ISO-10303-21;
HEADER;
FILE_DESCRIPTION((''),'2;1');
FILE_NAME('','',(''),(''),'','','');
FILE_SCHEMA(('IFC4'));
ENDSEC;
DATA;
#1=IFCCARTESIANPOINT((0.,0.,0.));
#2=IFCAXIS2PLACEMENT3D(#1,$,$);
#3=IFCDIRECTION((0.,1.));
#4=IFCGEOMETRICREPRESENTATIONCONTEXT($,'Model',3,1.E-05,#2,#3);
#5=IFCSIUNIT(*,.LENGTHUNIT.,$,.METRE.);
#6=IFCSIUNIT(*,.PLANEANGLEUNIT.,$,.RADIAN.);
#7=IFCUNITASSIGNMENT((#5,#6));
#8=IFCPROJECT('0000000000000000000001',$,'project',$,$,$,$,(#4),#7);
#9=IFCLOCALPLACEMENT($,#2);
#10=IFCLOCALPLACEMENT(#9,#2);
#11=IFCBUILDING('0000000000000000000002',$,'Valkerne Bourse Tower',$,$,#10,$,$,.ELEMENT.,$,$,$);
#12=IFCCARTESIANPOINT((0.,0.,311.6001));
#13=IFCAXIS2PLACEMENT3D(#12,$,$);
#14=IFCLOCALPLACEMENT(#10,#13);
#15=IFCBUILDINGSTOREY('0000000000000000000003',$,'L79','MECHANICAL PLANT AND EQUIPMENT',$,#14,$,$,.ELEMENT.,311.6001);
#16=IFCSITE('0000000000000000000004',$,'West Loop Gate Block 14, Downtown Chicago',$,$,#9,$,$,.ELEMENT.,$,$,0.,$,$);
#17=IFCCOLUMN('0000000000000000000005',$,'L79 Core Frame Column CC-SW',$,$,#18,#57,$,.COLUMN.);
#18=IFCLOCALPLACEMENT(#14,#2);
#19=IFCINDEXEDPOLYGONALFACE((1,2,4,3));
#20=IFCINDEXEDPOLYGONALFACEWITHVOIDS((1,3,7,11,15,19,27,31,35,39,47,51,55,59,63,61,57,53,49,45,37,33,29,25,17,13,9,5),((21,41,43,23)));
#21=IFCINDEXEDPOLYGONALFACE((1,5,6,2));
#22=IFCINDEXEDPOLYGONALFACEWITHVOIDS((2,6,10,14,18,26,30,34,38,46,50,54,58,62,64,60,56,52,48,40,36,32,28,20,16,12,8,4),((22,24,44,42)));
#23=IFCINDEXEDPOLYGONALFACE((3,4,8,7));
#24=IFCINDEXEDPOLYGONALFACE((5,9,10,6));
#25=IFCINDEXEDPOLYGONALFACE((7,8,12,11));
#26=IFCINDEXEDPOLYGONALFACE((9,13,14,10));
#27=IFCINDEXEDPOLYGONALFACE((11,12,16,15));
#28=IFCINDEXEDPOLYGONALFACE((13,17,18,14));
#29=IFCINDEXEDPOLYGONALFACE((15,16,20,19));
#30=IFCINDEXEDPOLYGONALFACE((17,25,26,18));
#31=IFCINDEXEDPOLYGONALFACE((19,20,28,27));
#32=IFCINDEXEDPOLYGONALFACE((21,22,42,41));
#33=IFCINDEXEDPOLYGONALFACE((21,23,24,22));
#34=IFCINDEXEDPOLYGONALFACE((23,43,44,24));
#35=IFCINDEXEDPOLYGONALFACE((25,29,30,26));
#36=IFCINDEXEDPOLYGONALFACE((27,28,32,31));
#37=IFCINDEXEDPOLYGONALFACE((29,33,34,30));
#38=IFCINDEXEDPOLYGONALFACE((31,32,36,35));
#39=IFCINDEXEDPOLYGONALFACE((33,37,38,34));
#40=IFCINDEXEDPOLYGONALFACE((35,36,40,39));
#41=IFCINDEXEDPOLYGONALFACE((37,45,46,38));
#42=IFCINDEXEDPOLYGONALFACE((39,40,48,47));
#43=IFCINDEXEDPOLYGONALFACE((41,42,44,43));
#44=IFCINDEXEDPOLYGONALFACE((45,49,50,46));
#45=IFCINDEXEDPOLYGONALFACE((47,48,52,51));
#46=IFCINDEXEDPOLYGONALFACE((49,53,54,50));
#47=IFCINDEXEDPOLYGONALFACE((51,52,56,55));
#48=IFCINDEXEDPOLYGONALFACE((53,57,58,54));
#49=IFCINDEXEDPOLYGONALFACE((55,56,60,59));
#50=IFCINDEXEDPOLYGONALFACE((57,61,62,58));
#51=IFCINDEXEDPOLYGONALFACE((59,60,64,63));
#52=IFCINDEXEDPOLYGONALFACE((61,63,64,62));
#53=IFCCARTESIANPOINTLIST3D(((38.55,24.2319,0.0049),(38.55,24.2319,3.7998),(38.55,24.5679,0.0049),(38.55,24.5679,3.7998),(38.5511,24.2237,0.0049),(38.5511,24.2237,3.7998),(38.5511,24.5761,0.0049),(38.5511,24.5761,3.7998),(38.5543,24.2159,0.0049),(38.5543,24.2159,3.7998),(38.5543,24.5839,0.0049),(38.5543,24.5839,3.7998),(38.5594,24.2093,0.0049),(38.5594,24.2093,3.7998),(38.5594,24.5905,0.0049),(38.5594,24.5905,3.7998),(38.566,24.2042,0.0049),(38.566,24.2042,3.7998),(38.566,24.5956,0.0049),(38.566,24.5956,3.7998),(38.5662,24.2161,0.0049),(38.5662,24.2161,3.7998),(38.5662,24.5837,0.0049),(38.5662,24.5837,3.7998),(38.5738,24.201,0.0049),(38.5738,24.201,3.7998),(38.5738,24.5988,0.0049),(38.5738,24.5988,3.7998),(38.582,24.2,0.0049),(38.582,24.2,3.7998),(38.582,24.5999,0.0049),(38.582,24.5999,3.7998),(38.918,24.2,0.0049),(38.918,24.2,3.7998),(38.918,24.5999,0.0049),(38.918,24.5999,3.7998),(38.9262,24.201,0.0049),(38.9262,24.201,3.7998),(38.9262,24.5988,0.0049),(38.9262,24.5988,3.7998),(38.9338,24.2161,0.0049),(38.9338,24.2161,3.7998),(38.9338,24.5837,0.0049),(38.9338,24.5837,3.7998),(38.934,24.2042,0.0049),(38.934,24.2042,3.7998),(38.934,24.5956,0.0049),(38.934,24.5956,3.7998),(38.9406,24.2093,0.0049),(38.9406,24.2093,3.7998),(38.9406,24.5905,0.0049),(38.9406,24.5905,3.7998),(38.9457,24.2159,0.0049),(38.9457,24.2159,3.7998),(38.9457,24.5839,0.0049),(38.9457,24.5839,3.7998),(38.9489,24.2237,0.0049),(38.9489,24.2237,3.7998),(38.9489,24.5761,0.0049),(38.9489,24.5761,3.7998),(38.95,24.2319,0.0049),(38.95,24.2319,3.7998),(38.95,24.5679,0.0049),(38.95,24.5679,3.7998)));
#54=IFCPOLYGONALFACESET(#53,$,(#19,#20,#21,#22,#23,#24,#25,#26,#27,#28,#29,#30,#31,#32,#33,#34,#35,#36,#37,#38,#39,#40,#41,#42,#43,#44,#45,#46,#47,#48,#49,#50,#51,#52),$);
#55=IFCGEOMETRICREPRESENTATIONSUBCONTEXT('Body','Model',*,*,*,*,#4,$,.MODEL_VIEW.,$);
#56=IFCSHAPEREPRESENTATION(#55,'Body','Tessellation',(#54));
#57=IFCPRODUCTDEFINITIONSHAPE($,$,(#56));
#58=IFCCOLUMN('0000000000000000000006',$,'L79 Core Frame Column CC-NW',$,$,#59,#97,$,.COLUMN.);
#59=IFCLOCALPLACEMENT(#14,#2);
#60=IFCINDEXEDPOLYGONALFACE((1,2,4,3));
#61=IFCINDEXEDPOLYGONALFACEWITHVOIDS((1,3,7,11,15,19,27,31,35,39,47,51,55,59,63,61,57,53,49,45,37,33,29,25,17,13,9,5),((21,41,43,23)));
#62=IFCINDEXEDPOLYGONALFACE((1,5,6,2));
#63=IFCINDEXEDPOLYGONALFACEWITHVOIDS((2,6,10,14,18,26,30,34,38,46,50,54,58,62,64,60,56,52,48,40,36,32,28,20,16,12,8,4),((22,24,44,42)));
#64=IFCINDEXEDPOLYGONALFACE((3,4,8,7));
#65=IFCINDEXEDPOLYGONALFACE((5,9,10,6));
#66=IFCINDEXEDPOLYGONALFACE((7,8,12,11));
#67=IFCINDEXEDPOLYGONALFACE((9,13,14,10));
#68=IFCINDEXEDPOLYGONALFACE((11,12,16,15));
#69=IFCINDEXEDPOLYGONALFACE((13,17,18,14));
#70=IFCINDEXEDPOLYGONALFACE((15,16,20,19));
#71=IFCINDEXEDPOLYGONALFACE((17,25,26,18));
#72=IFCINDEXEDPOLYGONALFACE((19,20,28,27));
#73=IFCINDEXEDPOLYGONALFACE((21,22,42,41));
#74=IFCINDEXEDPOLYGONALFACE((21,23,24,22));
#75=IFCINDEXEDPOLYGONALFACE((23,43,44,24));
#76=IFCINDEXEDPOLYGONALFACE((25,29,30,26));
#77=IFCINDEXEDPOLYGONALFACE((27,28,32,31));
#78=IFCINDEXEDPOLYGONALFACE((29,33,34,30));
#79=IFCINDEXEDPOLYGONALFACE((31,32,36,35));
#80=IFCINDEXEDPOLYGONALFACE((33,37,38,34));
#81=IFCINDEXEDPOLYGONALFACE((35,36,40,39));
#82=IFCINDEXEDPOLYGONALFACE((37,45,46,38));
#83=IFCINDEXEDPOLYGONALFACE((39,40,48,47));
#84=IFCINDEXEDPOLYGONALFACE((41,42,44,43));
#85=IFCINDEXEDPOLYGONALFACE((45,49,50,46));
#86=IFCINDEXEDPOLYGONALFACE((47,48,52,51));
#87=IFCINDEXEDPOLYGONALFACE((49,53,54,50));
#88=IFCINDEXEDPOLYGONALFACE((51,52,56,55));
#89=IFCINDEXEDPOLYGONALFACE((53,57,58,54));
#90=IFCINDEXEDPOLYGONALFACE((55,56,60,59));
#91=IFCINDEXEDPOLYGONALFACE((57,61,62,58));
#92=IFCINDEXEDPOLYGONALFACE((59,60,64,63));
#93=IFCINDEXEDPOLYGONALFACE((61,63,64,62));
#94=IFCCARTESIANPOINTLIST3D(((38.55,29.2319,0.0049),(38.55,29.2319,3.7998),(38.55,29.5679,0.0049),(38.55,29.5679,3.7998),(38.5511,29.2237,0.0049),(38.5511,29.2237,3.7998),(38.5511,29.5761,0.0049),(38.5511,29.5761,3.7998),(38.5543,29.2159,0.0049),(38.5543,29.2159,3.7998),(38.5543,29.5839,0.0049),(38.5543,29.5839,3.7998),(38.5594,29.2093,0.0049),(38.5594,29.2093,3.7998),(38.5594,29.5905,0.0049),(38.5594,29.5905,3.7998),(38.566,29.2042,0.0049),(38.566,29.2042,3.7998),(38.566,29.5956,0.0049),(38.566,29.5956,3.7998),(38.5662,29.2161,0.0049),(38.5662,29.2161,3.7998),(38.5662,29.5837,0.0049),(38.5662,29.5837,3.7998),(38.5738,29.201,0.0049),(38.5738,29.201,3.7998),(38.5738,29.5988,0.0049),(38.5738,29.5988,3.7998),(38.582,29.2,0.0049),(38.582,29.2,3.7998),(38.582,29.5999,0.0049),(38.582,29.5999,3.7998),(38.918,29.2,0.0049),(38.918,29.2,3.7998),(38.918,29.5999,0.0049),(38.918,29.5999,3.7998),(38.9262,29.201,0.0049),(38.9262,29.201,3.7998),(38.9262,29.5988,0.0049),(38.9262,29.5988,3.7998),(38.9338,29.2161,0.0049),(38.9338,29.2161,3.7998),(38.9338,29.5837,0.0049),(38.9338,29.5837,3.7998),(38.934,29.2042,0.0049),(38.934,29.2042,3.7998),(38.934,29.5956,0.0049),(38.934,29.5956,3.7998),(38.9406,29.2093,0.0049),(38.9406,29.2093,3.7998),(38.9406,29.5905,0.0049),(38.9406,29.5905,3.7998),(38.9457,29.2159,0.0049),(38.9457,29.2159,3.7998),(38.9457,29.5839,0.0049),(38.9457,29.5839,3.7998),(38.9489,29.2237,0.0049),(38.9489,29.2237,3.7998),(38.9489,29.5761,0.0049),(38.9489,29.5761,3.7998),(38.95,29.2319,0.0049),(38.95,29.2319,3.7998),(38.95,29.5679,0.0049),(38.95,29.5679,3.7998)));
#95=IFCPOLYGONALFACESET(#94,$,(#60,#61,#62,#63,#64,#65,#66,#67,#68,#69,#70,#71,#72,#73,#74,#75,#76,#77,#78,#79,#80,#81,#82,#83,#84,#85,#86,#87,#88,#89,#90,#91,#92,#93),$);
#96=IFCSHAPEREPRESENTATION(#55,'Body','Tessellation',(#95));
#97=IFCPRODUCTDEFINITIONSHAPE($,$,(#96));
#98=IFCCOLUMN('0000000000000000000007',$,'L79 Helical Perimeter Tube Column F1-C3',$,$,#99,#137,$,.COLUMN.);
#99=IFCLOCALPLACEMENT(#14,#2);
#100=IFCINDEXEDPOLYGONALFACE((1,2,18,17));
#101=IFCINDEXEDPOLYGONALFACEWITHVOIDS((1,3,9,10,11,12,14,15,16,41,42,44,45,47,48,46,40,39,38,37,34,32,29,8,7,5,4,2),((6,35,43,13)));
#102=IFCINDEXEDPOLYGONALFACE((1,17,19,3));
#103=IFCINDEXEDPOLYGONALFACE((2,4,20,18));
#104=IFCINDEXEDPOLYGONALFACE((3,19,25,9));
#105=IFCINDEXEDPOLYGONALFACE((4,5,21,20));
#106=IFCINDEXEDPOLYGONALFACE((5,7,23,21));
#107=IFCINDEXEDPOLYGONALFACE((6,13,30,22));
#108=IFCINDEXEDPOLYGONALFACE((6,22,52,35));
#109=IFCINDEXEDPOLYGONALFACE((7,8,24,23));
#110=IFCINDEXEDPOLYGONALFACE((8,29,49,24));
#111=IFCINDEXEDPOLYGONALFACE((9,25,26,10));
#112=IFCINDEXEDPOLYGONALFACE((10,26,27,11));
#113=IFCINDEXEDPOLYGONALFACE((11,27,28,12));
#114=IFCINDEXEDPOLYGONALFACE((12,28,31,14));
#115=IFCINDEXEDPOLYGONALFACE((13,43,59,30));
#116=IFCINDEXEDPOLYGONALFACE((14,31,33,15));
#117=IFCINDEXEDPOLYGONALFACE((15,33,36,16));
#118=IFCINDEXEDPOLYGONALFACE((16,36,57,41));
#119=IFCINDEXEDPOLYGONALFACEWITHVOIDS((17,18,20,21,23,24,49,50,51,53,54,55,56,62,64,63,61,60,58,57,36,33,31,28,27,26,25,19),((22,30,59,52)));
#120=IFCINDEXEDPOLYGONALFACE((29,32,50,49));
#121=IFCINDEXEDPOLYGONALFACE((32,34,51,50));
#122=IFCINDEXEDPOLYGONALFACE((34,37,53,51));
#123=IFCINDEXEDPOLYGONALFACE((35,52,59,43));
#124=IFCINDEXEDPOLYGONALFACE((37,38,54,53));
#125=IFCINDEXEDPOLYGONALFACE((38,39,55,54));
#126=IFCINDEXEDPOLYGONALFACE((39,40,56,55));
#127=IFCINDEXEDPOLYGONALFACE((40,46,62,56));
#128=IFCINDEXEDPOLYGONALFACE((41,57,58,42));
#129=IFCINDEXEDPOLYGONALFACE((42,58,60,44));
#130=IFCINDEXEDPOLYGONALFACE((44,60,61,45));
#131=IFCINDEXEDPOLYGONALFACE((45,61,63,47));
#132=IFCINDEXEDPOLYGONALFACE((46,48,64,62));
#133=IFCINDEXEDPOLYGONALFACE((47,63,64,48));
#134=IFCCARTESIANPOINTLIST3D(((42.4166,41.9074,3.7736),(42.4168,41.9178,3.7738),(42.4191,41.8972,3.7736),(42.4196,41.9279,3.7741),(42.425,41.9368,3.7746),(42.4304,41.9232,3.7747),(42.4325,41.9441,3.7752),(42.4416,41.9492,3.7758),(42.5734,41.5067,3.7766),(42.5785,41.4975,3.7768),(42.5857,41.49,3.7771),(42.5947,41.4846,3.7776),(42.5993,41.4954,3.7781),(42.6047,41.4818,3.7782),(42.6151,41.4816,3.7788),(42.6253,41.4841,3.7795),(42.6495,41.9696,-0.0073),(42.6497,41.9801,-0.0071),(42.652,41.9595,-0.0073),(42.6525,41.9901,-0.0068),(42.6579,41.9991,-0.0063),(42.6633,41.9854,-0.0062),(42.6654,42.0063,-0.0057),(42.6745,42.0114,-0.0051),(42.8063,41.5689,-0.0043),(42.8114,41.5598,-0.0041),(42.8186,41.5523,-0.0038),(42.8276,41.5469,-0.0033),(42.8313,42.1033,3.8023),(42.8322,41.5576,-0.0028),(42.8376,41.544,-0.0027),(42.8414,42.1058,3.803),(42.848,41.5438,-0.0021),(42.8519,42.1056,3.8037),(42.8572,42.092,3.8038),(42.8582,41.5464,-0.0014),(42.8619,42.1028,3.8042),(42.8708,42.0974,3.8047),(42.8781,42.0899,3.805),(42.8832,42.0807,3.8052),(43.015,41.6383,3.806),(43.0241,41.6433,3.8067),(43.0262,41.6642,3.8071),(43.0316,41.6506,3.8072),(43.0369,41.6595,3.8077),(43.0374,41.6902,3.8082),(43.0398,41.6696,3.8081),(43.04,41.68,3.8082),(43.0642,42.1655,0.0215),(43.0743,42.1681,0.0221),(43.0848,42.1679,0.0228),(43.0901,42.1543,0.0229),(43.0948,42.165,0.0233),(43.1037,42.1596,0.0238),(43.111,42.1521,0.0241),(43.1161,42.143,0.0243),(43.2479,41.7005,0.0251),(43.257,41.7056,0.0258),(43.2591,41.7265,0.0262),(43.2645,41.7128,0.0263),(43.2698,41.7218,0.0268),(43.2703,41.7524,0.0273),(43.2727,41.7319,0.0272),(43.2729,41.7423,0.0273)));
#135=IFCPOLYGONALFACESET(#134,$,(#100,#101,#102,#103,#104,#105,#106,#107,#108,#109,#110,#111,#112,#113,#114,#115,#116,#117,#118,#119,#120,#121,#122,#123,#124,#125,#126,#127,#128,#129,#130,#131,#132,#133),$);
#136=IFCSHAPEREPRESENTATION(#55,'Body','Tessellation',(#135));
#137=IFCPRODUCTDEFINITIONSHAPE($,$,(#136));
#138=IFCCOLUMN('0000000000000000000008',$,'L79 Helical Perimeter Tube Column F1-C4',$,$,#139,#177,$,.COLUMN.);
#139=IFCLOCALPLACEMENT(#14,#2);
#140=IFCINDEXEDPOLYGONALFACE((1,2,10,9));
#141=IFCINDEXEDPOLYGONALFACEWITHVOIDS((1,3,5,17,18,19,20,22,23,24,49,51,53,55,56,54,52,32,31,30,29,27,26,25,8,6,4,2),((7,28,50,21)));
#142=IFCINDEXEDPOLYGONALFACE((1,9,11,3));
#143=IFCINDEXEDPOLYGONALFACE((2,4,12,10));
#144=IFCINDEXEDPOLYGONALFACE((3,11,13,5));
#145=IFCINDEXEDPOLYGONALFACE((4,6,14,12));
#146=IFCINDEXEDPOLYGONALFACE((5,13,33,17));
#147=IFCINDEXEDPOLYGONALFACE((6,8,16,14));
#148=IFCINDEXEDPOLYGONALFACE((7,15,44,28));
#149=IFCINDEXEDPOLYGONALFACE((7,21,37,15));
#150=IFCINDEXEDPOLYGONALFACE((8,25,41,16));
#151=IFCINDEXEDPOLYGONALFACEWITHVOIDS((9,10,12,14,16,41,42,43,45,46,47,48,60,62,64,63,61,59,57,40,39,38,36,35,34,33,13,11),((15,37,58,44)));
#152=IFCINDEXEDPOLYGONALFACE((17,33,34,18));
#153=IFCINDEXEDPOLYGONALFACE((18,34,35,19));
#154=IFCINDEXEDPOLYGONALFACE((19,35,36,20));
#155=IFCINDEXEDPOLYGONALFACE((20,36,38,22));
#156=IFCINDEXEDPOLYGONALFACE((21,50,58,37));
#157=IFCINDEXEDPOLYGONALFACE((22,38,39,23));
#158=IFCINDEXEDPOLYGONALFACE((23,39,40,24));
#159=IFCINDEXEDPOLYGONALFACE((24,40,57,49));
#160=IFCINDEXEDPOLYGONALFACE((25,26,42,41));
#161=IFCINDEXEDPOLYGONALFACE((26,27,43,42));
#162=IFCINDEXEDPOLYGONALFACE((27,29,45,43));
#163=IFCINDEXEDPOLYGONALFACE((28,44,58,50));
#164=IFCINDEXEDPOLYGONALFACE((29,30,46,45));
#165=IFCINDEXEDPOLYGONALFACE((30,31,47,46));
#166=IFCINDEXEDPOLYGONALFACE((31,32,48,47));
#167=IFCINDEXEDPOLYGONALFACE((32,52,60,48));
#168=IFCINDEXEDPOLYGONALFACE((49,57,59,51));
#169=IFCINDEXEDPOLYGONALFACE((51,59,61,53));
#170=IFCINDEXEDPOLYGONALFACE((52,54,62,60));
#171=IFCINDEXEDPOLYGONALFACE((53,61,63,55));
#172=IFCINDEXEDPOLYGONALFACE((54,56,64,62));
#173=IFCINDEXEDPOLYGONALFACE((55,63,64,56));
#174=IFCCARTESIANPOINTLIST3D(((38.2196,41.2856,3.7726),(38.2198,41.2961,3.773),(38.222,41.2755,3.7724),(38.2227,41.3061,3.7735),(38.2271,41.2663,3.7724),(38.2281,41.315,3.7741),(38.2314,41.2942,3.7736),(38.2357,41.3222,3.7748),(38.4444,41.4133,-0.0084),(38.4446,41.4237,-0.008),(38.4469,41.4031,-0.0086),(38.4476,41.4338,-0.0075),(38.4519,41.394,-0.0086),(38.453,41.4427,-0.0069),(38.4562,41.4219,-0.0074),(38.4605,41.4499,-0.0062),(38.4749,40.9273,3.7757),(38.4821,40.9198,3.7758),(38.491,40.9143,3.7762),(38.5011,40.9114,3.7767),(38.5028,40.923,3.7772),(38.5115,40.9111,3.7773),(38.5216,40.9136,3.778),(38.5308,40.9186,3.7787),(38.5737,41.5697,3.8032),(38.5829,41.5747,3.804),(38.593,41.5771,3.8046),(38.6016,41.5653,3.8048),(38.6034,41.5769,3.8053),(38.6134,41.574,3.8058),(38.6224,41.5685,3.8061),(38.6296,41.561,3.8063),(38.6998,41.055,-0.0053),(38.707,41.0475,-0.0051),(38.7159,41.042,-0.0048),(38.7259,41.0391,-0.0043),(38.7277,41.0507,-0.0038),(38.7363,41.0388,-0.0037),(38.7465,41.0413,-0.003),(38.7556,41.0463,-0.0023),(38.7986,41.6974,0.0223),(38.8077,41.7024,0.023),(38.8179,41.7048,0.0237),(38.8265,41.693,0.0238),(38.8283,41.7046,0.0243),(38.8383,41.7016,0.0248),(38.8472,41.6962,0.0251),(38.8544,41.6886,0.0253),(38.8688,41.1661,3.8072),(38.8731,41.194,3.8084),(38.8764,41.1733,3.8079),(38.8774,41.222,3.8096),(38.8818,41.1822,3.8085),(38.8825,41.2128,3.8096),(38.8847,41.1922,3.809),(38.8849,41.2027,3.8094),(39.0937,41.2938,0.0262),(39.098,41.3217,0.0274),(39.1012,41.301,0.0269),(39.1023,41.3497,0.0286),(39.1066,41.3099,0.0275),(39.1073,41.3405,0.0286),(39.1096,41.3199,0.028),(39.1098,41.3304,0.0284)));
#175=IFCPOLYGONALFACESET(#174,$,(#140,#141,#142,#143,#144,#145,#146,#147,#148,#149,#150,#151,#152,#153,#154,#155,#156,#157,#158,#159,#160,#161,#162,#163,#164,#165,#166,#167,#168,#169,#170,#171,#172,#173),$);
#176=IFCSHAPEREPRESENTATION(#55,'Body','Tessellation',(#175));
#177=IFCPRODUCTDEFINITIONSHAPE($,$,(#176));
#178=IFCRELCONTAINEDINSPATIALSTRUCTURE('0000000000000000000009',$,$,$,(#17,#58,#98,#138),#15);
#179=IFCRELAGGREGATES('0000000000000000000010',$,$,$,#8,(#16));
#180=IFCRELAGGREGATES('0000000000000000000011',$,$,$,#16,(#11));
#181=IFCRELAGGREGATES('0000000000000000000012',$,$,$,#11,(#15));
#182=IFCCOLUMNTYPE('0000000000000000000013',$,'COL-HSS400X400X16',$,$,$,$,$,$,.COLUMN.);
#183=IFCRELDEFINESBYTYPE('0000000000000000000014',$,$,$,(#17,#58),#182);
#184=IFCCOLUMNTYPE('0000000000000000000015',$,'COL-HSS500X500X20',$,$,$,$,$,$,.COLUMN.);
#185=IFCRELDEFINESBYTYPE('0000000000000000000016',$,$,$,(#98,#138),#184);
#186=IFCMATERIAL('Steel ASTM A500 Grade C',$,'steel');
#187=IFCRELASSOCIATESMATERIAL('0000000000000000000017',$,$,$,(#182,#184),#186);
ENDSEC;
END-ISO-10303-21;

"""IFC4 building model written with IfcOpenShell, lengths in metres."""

from ifc_helpers import new_model, si_unit, direction, frame, origin, origin_2d, place, context, subcontext, project, spatial, hollow_rectangle, extrude, material, material_profile, profile_set, type_object, element, save


model = new_model("IFC4")

# Units and contexts
model_context = context("Model", 3, precision=1e-05, world=origin(), true_north=direction((0.0, 1.0)))
body_context = subcontext(model_context, "Body", "Model", "MODEL_VIEW")
ifc_project = project(units=[si_unit("LENGTHUNIT", "METRE"), si_unit("PLANEANGLEUNIT", "RADIAN")], contexts=[model_context])

# Site, building, storey
site_placement = place(None, origin())
site = spatial("IfcSite", under=ifc_project, at=site_placement, Name="West Loop Gate Block 14, Downtown Chicago", CompositionType="ELEMENT", RefElevation=0.0)
building_placement = place(site_placement, origin())
building = spatial("IfcBuilding", under=site, at=building_placement, Name="Valkerne Bourse Tower", CompositionType="ELEMENT")
storey_placement = place(building_placement, frame((0.0, 0.0, 311.6001)))
storey = spatial("IfcBuildingStorey", under=building, at=storey_placement, Name="L79", Description="MECHANICAL PLANT AND EQUIPMENT", CompositionType="ELEMENT", Elevation=311.6001)

# Columns
ifc_material_1 = material(Name="Steel ASTM A500 Grade C", Category="steel")
ifc_material_profile_1 = material_profile(ifc_material_1, hollow_rectangle(XDim=0.3999, YDim=0.3999, WallThickness=0.0161, OuterFilletRadius=0.032, at=origin_2d()), Name="HSS400X400X16")
ifc_profile_set_1 = profile_set([ifc_material_profile_1], Name="Steel ASTM A500 Grade C")
column_type_1 = type_object("IfcColumnType", Name="COL-HSS400X400X16", PredefinedType="COLUMN", material=ifc_profile_set_1)
for number, where, z_axis, x_axis, name in (
    (1, (38.75, 24.3999, 0.0049), (0.0, 0.0, 1.0), (1.0, 0.0, 0.0), "L79 Core Frame Column CC-SW"),
    (2, (38.75, 29.3999, 0.0049), (0.0, 0.0, 1.0), (1.0, 0.0, 0.0), "L79 Core Frame Column CC-NW"),
):
    element("IfcColumn", number, at=place(storey_placement, frame(where, z_axis=z_axis, x_axis=x_axis)), inside=storey, type_object=column_type_1, Name=name, PredefinedType="COLUMN", context=body_context, shape_type="SweptSolid", body=[
        extrude(hollow_rectangle(XDim=0.3999, YDim=0.3999, WallThickness=0.0161, OuterFilletRadius=0.032, at=origin_2d()), origin(), (0.0, 0.0, 1.0), 3.7949),
    ])
ifc_material_profile_2 = material_profile(ifc_material_1, hollow_rectangle(XDim=0.5, YDim=0.5, WallThickness=0.02, OuterFilletRadius=0.04, at=origin_2d()), Name="HSS500X500X20")
ifc_profile_set_2 = profile_set([ifc_material_profile_2], Name="Steel ASTM A500 Grade C")
column_type_2 = type_object("IfcColumnType", Name="COL-HSS500X500X20", PredefinedType="COLUMN", material=ifc_profile_set_2)
column_placement = place(storey_placement, frame((42.9612, 41.856, 0.01), z_axis=(-0.061475, -0.016432, 0.997973), x_axis=(-0.367332, 0.930061, -0.007314)))
element("IfcColumn", 3, at=column_placement, inside=storey, type_object=column_type_2, Name="L79 Helical Perimeter Tube Column F1-C3", PredefinedType="COLUMN", context=body_context, shape_type="SweptSolid", body=[
    extrude(hollow_rectangle(XDim=0.5, YDim=0.5, WallThickness=0.02, OuterFilletRadius=0.04, at=origin_2d()), origin(), (0.0, 0.0, 1.0), 3.7886),
])
for number, where, z_axis, x_axis, name in (
    (4, (38.7771, 41.3718, 0.01), (-0.059331, -0.033692, 0.99767), (-0.59024, 0.80719, -0.007842), "L79 Helical Perimeter Tube Column F1-C4"),
):
    element("IfcColumn", number, at=place(storey_placement, frame(where, z_axis=z_axis, x_axis=x_axis)), inside=storey, type_object=column_type_2, Name=name, PredefinedType="COLUMN", context=body_context, shape_type="SweptSolid", body=[
        extrude(hollow_rectangle(XDim=0.5, YDim=0.5, WallThickness=0.02, OuterFilletRadius=0.04, at=origin_2d()), origin(), (0.0, 0.0, 1.0), 3.7898),
    ])

save(model, "model.ifc")
